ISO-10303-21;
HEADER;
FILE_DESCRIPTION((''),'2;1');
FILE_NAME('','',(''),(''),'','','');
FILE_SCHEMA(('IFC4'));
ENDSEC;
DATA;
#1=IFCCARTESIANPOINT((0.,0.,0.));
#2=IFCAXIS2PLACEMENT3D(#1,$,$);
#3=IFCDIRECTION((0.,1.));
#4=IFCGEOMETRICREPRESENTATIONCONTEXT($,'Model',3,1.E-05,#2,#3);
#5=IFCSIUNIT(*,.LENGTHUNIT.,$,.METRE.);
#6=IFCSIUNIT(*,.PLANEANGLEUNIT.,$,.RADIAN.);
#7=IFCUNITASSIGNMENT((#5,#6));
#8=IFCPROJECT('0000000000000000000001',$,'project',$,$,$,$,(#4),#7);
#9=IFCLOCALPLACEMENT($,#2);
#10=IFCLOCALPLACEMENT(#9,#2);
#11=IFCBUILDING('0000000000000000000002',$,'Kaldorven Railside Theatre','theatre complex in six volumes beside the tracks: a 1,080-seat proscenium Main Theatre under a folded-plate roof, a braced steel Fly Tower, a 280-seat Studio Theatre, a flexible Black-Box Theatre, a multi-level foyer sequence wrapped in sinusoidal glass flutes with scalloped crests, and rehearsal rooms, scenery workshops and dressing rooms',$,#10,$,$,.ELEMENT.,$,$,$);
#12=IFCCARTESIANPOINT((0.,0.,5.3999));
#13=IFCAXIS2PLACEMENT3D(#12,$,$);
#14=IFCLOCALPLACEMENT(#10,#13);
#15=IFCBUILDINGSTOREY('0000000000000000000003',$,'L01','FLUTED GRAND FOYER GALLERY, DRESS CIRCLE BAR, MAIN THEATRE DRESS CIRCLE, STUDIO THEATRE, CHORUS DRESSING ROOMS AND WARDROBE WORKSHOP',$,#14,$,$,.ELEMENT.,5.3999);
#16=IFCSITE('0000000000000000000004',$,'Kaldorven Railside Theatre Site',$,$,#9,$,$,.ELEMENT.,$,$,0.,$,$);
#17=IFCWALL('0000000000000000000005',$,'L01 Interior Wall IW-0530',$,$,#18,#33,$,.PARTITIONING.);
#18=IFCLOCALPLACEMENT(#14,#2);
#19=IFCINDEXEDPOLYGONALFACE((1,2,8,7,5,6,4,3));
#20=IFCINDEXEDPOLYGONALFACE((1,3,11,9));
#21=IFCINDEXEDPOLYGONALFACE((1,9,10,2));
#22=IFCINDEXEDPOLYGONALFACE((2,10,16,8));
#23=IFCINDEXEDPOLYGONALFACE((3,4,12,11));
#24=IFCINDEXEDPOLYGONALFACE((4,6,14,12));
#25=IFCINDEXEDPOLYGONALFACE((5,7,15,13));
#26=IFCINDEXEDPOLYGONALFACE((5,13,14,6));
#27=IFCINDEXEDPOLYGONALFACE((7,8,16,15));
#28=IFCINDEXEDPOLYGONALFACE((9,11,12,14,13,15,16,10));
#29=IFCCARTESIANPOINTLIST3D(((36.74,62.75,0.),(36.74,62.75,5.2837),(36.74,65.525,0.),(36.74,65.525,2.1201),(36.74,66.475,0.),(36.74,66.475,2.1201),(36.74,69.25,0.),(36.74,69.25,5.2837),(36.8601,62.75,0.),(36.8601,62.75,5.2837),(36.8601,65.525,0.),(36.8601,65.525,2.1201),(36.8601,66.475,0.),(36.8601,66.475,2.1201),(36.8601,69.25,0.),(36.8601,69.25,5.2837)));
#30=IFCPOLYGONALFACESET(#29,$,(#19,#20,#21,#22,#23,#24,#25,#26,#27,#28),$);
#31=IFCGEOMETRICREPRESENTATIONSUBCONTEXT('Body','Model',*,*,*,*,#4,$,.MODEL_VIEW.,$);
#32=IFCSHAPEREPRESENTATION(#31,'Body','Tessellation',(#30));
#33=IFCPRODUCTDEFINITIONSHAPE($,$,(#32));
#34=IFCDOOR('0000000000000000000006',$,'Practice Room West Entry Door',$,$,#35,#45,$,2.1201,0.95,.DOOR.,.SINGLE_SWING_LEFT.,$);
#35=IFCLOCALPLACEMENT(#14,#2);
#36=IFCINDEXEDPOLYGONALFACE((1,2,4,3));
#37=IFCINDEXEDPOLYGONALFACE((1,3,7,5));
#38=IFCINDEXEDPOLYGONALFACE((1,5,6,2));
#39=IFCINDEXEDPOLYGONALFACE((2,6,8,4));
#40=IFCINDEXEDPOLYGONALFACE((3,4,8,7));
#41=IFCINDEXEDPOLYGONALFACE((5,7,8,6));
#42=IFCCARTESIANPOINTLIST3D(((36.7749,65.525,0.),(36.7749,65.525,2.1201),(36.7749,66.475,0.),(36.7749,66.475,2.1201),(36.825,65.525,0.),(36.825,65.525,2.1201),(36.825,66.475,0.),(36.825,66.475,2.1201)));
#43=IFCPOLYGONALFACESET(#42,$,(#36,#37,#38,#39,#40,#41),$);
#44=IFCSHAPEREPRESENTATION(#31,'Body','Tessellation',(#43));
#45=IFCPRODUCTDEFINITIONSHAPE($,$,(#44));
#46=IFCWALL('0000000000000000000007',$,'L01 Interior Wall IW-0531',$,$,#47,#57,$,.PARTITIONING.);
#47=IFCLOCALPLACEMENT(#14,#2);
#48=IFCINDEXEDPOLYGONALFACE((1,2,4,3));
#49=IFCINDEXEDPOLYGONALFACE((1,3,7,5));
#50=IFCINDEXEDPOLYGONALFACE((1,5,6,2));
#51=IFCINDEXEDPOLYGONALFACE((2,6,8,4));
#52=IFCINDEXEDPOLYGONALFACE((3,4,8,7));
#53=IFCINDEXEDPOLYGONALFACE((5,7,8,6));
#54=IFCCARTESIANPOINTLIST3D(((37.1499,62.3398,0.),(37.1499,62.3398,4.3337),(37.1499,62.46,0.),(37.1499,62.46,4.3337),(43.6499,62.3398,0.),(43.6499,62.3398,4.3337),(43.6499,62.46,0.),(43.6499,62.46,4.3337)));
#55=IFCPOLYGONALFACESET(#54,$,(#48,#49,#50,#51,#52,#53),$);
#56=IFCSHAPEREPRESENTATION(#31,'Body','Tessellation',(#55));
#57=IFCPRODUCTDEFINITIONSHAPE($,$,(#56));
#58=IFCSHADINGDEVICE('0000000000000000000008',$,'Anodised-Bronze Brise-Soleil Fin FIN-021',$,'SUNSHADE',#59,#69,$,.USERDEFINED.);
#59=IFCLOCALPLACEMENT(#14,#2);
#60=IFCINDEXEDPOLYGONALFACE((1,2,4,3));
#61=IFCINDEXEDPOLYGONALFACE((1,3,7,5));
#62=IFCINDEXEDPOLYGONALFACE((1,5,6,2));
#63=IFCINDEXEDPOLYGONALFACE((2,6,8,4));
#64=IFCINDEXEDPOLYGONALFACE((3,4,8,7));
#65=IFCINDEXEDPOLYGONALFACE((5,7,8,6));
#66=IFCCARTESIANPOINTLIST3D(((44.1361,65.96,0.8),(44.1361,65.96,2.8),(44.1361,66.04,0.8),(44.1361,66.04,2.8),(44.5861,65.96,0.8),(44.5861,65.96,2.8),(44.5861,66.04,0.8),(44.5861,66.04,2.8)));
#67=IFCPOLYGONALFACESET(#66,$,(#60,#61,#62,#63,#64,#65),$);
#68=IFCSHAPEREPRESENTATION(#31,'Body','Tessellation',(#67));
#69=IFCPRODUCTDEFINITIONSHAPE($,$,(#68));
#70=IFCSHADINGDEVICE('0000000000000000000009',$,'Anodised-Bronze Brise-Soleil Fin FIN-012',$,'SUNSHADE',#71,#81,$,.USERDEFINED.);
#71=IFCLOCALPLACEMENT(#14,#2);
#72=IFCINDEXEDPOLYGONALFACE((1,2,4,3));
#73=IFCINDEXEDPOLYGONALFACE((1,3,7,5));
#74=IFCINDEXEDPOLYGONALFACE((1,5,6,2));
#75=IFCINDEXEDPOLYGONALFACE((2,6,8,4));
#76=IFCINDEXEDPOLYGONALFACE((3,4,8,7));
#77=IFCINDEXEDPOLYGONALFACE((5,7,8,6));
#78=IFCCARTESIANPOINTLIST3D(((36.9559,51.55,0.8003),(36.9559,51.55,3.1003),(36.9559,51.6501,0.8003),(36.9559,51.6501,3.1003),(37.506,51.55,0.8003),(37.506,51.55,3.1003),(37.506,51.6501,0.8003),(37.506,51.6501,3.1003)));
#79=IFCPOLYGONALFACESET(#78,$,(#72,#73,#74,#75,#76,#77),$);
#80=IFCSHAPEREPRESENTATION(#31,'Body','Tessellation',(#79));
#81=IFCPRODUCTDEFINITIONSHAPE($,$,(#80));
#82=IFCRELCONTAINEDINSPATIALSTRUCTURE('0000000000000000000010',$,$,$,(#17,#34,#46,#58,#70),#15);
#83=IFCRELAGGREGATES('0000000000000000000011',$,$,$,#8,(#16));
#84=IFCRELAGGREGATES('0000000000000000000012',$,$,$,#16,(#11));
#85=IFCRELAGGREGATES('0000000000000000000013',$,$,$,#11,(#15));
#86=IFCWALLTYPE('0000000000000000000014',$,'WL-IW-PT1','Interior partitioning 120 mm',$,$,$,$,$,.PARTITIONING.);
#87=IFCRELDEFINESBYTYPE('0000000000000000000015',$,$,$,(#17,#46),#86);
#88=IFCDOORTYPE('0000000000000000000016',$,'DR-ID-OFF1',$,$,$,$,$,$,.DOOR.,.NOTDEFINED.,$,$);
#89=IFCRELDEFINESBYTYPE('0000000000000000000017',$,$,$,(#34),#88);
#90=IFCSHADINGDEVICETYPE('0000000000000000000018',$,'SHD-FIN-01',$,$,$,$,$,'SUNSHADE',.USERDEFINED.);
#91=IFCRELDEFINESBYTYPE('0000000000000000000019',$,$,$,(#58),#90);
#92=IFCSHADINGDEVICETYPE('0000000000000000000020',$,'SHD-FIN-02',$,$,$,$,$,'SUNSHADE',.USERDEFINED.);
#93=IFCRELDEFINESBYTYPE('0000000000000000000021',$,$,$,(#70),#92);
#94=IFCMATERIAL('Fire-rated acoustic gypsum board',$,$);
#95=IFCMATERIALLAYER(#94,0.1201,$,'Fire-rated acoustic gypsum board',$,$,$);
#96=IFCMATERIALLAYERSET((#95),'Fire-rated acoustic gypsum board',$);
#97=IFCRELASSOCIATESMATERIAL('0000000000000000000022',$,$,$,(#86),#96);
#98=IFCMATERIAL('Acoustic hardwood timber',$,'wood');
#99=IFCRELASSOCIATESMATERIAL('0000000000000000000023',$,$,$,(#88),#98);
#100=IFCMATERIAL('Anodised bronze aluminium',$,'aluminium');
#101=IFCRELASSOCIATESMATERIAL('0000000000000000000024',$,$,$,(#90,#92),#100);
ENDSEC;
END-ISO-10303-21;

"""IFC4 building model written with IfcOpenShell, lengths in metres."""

from ifc_helpers import new_model, si_unit, direction, frame, frame_2d, origin, origin_2d, place, context, subcontext, project, spatial, rectangle, extrude, material, layer, layer_set, type_object, element, fill, save


model = new_model("IFC4")

# Units and contexts
model_context = context("Model", 3, precision=1e-05, world=origin(), true_north=direction((0.0, 1.0)))
body_context = subcontext(model_context, "Body", "Model", "MODEL_VIEW")
ifc_project = project(units=[si_unit("LENGTHUNIT", "METRE"), si_unit("PLANEANGLEUNIT", "RADIAN")], contexts=[model_context])

# Site, building, storey
site_placement = place(None, origin())
site = spatial("IfcSite", under=ifc_project, at=site_placement, Name="Kaldorven Railside Theatre Site", CompositionType="ELEMENT", RefElevation=0.0)
building_placement = place(site_placement, origin())
building = spatial("IfcBuilding", under=site, at=building_placement, Name="Kaldorven Railside Theatre", Description="theatre complex in six volumes beside the tracks: a 1,080-seat proscenium Main Theatre under a folded-plate roof, a braced steel Fly Tower, a 280-seat Studio Theatre, a flexible Black-Box Theatre, a multi-level foyer sequence wrapped in sinusoidal glass flutes with scalloped crests, and rehearsal rooms, scenery workshops and dressing rooms", CompositionType="ELEMENT")
storey_placement = place(building_placement, frame((0.0, 0.0, 5.3999)))
storey = spatial("IfcBuildingStorey", under=building, at=storey_placement, Name="L01", Description="FLUTED GRAND FOYER GALLERY, DRESS CIRCLE BAR, MAIN THEATRE DRESS CIRCLE, STUDIO THEATRE, CHORUS DRESSING ROOMS AND WARDROBE WORKSHOP", CompositionType="ELEMENT", Elevation=5.3999)

# Shared definitions
ifc_material_1 = material(Name="Anodised bronze aluminium", Category="aluminium")

# Shared definitions
ifc_material_2 = material(Name="Fire-rated acoustic gypsum board")
ifc_layer_1 = layer(ifc_material_2, 0.1201, Name="Fire-rated acoustic gypsum board")
ifc_layer_set_1 = layer_set([ifc_layer_1], Name="Fire-rated acoustic gypsum board")
wall_type_1 = type_object("IfcWallType", Name="WL-IW-PT1", Description="Interior partitioning 120 mm", PredefinedType="PARTITIONING", material=ifc_layer_set_1)

# Wall, opening, door
wall_1_placement = place(storey_placement, frame((36.8, 69.25, 0.0), z_axis=(0.0, 0.0, 1.0), x_axis=(0.0, -1.0, 0.0)))
wall_1 = element("IfcWall", 1, at=wall_1_placement, inside=storey, type_object=wall_type_1, Name="L01 Interior Wall IW-0530", PredefinedType="PARTITIONING", context=body_context, shape_type="SweptSolid", body=[
    extrude(rectangle(XDim=6.5, YDim=0.1201, at=frame_2d((3.25, 0.0))), origin(), (0.0, 0.0, 1.0), 5.2837),
])
opening_1_placement = place(wall_1_placement, frame((2.7749, 0.0, 0.0)))
opening_1 = element("IfcOpeningElement", 2, at=opening_1_placement, cuts=wall_1, PredefinedType="OPENING", context=body_context, shape_type="SweptSolid", body=[
    extrude(rectangle(XDim=0.95, YDim=2.1201, at=frame_2d((0.4751, 1.0601))), frame((0.0, 0.0701, 0.0), z_axis=(0.0, -1.0, 0.0), x_axis=(1.0, 0.0, 0.0)), (0.0, 0.0, 1.0), 0.1401),
])
ifc_material_3 = material(Name="Acoustic hardwood timber", Category="wood")
door_type = type_object("IfcDoorType", Name="DR-ID-OFF1", OperationType="NOTDEFINED", PredefinedType="DOOR", material=ifc_material_3)
door_placement = place(opening_1_placement, origin())
door = element("IfcDoor", 3, at=door_placement, inside=storey, type_object=door_type, Name="Practice Room West Entry Door", OperationType="SINGLE_SWING_LEFT", OverallHeight=2.1201, OverallWidth=0.95, PredefinedType="DOOR", context=body_context, shape_type="SweptSolid", body=[
    extrude(rectangle(XDim=0.95, YDim=2.1201, at=frame_2d((0.4751, 1.0601))), frame((0.0, 0.0249, 0.0), z_axis=(0.0, -1.0, 0.0), x_axis=(1.0, 0.0, 0.0)), (0.0, 0.0, 1.0), 0.05),
])
fill(opening_1, door)

# Wall
wall_2_placement = place(storey_placement, frame((37.1499, 62.3999, 0.0), z_axis=(0.0, 0.0, 1.0), x_axis=(1.0, 0.0, 0.0)))
element("IfcWall", 4, at=wall_2_placement, inside=storey, type_object=wall_type_1, Name="L01 Interior Wall IW-0531", PredefinedType="PARTITIONING", context=body_context, shape_type="SweptSolid", body=[
    extrude(rectangle(XDim=6.5, YDim=0.1201, at=frame_2d((3.25, 0.0))), origin(), (0.0, 0.0, 1.0), 4.3337),
])

# Shading devices
shading_device_type_1 = type_object("IfcShadingDeviceType", Name="SHD-FIN-01", ElementType="SUNSHADE", PredefinedType="USERDEFINED", material=ifc_material_1)
shading_device_1_placement = place(storey_placement, frame((44.3611, 66.0, 0.8), z_axis=(0.0, 0.0, 1.0), x_axis=(0.0, -1.0, 0.0)))
element("IfcShadingDevice", 5, at=shading_device_1_placement, inside=storey, type_object=shading_device_type_1, Name="Anodised-Bronze Brise-Soleil Fin FIN-021", ObjectType="SUNSHADE", PredefinedType="USERDEFINED", context=body_context, shape_type="SweptSolid", body=[
    extrude(rectangle(XDim=0.0801, YDim=0.45, at=origin_2d()), origin(), (0.0, 0.0, 1.0), 2.0),
])
shading_device_type_2 = type_object("IfcShadingDeviceType", Name="SHD-FIN-02", ElementType="SUNSHADE", PredefinedType="USERDEFINED", material=ifc_material_1)
shading_device_2_placement = place(storey_placement, frame((37.231, 51.6001, 0.8003), z_axis=(0.0, 0.0, 1.0), x_axis=(0.0, -1.0, 0.0)))
element("IfcShadingDevice", 6, at=shading_device_2_placement, inside=storey, type_object=shading_device_type_2, Name="Anodised-Bronze Brise-Soleil Fin FIN-012", ObjectType="SUNSHADE", PredefinedType="USERDEFINED", context=body_context, shape_type="SweptSolid", body=[
    extrude(rectangle(XDim=0.1001, YDim=0.55, at=origin_2d()), origin(), (0.0, 0.0, 1.0), 2.3),
])

save(model, "model.ifc")
